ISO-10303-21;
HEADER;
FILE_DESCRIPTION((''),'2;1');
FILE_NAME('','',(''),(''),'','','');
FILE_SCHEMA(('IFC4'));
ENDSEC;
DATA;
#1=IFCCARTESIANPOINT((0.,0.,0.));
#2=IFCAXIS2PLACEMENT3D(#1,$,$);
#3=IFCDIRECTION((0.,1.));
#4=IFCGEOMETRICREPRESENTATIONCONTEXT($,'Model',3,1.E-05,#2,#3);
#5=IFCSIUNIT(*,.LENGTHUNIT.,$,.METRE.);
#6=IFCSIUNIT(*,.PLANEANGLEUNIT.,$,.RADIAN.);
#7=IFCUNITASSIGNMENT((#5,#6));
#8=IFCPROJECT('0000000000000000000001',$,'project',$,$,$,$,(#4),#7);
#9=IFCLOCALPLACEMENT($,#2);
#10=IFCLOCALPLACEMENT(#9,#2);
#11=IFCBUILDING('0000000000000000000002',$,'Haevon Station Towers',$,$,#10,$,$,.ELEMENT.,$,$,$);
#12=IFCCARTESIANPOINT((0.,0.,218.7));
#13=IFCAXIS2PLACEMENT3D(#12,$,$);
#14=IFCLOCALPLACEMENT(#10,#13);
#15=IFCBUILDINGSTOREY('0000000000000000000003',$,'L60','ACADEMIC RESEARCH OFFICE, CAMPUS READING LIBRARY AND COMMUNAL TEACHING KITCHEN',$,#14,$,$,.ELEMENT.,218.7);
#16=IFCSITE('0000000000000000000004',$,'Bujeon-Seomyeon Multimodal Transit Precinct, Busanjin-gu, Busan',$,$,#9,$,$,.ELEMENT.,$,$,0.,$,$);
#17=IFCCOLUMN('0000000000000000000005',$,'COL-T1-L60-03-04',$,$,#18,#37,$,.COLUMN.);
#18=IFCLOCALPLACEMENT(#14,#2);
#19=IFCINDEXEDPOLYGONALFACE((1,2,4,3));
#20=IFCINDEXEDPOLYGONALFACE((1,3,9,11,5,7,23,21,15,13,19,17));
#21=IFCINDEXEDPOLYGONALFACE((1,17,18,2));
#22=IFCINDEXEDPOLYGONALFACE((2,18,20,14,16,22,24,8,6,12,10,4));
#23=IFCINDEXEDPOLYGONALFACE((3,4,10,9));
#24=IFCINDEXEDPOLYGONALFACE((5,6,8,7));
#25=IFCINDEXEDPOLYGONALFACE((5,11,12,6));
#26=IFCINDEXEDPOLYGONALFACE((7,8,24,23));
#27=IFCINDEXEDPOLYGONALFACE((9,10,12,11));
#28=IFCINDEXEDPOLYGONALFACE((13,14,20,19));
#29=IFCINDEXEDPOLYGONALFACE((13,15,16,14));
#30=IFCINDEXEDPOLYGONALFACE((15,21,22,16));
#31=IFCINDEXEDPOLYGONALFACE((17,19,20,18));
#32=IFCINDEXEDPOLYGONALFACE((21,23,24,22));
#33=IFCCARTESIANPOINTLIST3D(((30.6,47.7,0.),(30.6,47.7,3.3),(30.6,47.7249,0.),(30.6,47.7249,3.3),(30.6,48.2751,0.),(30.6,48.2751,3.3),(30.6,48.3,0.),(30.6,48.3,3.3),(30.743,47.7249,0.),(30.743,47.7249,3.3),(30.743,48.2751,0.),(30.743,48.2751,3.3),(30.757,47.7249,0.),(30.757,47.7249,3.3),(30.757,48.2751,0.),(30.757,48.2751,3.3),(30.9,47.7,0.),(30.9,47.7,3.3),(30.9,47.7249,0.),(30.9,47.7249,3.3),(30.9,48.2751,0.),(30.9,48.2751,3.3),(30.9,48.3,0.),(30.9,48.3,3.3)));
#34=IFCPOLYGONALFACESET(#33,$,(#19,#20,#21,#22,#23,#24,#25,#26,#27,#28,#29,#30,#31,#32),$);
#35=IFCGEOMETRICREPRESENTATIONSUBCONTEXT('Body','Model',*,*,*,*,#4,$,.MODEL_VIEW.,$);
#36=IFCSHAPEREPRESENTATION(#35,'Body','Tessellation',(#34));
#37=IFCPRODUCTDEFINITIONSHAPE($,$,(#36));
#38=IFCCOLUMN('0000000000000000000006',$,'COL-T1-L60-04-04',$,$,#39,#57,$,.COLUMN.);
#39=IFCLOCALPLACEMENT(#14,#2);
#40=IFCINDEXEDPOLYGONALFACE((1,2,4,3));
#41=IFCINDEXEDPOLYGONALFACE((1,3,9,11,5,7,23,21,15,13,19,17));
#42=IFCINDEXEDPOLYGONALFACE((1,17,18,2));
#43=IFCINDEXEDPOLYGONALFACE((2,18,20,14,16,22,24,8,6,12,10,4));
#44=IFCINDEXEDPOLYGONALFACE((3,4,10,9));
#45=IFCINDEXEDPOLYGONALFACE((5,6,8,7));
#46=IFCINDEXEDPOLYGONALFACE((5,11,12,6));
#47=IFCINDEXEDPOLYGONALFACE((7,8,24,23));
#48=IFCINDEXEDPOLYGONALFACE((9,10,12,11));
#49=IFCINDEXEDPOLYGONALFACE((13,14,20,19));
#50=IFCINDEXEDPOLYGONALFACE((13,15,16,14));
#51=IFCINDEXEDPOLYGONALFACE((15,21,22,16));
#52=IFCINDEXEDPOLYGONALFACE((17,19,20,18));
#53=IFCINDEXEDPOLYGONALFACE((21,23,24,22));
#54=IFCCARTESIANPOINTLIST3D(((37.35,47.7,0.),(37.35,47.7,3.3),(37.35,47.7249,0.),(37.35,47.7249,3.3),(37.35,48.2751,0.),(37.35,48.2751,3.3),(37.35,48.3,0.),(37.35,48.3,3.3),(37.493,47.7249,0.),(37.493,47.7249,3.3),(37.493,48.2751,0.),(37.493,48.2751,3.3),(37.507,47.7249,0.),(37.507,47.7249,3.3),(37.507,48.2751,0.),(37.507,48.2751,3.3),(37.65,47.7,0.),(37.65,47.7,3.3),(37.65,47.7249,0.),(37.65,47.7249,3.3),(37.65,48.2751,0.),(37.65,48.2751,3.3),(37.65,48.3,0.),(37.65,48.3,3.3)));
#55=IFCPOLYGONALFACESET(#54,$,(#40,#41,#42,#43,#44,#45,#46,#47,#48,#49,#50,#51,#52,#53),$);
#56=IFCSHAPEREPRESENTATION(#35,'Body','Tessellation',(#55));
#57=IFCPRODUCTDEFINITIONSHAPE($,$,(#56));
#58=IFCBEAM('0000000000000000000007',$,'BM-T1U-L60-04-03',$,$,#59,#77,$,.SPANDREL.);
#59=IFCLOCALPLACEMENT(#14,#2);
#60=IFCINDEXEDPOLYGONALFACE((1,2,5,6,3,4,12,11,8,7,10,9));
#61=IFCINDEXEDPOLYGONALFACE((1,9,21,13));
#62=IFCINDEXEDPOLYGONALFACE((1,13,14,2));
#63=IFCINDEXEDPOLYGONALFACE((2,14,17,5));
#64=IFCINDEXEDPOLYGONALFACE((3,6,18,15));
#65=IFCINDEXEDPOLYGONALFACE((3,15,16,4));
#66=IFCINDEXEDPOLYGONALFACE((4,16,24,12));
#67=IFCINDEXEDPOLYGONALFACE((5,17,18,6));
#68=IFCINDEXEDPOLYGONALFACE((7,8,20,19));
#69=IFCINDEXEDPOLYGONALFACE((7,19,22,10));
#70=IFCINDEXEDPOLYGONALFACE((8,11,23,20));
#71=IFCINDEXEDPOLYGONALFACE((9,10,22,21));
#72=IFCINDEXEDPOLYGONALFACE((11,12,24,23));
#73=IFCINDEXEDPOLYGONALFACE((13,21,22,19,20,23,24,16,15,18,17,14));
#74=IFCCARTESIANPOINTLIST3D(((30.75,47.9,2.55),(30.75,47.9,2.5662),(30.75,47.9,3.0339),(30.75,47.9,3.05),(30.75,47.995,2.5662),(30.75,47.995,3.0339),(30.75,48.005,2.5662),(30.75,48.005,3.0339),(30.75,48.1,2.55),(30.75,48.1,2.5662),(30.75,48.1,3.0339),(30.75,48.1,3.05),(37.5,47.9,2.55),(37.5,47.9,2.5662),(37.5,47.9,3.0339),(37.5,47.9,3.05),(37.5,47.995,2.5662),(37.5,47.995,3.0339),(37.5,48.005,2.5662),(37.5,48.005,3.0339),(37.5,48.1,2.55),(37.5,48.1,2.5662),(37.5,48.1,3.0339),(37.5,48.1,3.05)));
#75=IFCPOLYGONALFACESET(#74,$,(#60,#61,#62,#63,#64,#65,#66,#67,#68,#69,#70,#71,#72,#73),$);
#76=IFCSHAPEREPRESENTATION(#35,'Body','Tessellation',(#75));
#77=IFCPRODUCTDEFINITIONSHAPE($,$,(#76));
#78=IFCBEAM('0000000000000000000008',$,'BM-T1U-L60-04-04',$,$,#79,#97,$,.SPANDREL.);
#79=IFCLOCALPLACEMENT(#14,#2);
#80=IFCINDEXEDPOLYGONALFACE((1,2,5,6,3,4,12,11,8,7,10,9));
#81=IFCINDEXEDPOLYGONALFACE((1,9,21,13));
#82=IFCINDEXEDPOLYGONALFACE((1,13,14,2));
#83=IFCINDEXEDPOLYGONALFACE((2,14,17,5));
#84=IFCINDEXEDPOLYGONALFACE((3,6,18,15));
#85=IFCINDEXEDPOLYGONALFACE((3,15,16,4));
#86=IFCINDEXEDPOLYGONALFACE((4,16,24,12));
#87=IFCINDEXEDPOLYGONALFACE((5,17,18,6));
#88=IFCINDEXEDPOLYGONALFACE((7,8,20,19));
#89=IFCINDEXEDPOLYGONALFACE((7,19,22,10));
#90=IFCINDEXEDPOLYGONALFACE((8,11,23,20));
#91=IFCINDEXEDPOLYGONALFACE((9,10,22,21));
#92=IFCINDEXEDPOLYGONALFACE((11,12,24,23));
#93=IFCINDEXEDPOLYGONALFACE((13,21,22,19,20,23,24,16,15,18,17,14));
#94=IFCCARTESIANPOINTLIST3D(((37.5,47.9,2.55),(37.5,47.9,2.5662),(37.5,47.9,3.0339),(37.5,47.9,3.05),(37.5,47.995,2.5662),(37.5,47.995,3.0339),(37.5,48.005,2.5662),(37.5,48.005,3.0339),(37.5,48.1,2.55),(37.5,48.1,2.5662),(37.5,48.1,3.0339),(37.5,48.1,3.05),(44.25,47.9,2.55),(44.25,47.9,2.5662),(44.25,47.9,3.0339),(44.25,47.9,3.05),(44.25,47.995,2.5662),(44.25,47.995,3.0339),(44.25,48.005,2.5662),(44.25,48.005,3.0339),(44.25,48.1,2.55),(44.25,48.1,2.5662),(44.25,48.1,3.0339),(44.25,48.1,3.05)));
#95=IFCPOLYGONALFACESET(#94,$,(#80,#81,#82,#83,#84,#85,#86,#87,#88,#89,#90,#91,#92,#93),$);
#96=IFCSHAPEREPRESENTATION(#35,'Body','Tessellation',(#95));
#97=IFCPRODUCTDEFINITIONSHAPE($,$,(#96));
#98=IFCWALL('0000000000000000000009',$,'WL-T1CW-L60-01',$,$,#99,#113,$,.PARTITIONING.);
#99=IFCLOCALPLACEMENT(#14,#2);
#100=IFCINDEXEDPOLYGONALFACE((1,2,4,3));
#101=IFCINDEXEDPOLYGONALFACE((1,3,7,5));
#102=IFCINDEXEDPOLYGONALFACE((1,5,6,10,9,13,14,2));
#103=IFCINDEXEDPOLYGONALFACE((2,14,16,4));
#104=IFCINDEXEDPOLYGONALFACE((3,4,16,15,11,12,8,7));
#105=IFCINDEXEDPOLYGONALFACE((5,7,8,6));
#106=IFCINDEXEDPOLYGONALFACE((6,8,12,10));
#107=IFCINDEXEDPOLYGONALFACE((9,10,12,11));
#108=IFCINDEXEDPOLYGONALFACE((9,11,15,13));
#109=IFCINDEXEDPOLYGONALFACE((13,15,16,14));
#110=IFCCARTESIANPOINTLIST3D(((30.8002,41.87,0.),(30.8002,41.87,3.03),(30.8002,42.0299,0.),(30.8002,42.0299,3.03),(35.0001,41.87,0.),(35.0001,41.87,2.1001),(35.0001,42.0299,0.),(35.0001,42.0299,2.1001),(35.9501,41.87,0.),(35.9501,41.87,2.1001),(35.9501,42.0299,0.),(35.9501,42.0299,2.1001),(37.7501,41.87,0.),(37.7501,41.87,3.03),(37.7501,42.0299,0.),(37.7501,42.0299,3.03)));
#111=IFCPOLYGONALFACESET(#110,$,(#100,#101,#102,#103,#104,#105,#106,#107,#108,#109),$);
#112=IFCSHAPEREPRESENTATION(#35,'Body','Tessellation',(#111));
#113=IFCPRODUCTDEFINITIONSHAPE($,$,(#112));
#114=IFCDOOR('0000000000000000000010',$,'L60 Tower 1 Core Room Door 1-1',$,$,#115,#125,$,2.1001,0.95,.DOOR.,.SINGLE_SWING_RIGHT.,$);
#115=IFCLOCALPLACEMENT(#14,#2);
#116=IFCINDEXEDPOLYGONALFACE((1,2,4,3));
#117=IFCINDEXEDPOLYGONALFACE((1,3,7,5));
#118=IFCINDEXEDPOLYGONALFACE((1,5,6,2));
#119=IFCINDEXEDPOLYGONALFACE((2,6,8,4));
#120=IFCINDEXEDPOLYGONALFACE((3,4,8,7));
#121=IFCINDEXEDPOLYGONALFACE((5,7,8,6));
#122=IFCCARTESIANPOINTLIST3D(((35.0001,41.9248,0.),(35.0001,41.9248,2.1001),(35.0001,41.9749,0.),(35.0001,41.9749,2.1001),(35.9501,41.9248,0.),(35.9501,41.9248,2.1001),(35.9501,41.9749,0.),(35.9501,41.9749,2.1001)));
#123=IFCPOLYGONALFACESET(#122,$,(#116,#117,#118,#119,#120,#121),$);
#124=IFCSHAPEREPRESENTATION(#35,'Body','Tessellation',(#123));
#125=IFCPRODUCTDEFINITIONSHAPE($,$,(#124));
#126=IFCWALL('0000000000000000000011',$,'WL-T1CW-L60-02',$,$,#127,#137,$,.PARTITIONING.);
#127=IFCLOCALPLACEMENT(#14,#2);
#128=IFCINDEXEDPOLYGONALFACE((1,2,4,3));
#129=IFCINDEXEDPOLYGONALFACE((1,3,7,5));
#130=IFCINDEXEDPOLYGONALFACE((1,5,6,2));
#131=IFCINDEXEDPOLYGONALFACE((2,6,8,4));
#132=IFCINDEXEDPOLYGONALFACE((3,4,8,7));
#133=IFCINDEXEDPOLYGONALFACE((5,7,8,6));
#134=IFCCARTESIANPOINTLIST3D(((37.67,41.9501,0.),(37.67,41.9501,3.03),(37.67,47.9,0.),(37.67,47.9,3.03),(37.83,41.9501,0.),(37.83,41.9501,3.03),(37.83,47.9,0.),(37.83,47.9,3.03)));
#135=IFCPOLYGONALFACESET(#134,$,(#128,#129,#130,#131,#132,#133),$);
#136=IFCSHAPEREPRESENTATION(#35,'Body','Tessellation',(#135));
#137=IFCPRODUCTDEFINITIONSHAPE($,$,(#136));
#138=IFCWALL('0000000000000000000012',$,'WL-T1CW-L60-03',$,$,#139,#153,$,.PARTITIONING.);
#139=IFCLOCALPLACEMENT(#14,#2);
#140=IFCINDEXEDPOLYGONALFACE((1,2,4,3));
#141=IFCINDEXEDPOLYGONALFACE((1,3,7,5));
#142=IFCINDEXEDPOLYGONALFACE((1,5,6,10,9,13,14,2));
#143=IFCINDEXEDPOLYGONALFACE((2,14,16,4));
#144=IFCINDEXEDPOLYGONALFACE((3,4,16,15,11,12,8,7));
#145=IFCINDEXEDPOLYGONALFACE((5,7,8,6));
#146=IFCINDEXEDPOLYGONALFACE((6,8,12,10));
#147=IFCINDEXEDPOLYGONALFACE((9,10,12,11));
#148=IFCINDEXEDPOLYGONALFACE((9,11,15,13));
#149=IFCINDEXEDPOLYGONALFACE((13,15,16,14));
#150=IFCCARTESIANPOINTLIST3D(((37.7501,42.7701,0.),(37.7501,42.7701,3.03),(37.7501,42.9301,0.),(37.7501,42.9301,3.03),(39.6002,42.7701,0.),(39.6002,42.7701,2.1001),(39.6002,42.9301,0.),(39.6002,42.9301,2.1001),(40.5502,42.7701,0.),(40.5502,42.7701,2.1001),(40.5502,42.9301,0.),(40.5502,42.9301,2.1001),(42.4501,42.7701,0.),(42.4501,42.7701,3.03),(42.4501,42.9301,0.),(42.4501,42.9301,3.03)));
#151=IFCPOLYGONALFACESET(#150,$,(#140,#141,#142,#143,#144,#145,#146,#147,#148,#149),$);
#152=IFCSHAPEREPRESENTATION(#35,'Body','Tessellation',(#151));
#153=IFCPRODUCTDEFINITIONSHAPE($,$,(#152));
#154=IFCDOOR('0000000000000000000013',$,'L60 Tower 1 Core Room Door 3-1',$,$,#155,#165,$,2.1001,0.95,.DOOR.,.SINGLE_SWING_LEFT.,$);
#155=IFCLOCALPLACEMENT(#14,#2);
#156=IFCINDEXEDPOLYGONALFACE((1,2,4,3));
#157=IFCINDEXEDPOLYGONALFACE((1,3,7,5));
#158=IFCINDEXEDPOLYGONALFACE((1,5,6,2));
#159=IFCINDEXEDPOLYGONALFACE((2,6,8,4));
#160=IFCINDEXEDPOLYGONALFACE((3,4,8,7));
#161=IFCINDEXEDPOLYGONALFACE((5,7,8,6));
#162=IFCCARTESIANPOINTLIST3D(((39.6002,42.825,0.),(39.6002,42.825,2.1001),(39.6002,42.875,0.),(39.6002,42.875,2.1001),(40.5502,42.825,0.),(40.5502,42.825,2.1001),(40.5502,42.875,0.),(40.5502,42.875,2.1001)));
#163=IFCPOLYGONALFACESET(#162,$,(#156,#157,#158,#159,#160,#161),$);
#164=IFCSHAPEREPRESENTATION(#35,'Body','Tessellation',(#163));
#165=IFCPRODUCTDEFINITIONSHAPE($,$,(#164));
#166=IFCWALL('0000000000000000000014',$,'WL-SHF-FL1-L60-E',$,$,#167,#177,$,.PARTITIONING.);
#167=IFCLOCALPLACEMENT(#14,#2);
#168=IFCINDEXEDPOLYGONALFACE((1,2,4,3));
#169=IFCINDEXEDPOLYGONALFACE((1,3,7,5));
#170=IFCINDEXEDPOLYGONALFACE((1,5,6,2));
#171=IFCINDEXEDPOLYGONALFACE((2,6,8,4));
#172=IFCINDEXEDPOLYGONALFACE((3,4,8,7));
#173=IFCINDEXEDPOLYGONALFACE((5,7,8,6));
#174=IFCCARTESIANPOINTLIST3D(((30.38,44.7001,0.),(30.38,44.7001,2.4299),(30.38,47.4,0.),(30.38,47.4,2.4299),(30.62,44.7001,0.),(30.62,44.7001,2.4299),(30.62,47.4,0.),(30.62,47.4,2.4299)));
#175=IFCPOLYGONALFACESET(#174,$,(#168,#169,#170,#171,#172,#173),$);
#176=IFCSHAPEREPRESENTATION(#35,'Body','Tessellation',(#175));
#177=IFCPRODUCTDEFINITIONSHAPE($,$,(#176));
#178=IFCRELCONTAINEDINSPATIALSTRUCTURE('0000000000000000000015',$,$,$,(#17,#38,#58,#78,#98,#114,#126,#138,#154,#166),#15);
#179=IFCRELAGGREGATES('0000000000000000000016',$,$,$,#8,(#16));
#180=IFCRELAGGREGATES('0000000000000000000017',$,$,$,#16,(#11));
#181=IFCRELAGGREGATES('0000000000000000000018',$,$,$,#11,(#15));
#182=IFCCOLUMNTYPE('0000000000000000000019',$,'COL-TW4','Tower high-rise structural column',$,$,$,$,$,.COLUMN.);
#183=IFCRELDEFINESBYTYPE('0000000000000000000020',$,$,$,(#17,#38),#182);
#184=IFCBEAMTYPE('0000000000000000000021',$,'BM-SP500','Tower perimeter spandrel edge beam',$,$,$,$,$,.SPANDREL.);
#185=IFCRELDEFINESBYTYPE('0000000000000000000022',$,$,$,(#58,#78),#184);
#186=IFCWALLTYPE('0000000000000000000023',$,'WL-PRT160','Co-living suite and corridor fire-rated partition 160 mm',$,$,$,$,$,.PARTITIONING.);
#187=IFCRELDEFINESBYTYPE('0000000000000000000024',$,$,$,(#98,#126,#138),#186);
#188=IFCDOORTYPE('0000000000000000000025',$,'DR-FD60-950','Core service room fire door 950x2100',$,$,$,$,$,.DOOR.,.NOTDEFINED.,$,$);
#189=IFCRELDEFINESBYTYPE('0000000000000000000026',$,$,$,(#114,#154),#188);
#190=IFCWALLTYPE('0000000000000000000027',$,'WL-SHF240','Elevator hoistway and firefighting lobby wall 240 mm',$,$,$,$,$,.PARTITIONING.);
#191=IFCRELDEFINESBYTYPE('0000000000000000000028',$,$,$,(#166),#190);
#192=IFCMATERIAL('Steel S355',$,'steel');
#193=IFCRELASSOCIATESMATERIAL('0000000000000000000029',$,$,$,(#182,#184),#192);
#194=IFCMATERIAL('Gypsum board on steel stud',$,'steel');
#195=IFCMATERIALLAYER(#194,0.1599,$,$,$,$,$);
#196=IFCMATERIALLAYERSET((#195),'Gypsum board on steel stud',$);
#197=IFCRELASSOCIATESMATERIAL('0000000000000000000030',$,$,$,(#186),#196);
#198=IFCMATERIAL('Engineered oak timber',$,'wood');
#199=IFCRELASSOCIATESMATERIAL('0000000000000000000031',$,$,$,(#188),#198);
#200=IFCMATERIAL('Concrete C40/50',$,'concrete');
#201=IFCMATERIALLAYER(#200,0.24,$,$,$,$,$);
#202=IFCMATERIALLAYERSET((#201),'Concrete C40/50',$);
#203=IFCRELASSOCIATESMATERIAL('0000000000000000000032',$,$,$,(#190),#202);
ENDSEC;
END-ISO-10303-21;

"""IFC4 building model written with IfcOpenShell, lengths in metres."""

from ifc_helpers import new_model, si_unit, direction, frame, frame_2d, origin, origin_2d, place, context, subcontext, project, spatial, rectangle, i_section, extrude, material, layer, layer_set, material_profile, profile_set, type_object, element, fill, save


model = new_model("IFC4")

# Units and contexts
model_context = context("Model", 3, precision=1e-05, world=origin(), true_north=direction((0.0, 1.0)))
body_context = subcontext(model_context, "Body", "Model", "MODEL_VIEW")
ifc_project = project(units=[si_unit("LENGTHUNIT", "METRE"), si_unit("PLANEANGLEUNIT", "RADIAN")], contexts=[model_context])

# Site, building, storey
site_placement = place(None, origin())
site = spatial("IfcSite", under=ifc_project, at=site_placement, Name="Bujeon-Seomyeon Multimodal Transit Precinct, Busanjin-gu, Busan", CompositionType="ELEMENT", RefElevation=0.0)
building_placement = place(site_placement, origin())
building = spatial("IfcBuilding", under=site, at=building_placement, Name="Haevon Station Towers", CompositionType="ELEMENT")
storey_placement = place(building_placement, frame((0.0, 0.0, 218.7)))
storey = spatial("IfcBuildingStorey", under=building, at=storey_placement, Name="L60", Description="ACADEMIC RESEARCH OFFICE, CAMPUS READING LIBRARY AND COMMUNAL TEACHING KITCHEN", CompositionType="ELEMENT", Elevation=218.7)

# Columns
ifc_material_1 = material(Name="Steel S355", Category="steel")
ifc_material_profile_1 = material_profile(ifc_material_1, i_section(OverallWidth=0.3, OverallDepth=0.6001, WebThickness=0.0139, FlangeThickness=0.0249, at=origin_2d()), Name="H-600x300x14x25")
ifc_profile_set_1 = profile_set([ifc_material_profile_1], Name="Steel S355")
column_type = type_object("IfcColumnType", Name="COL-TW4", Description="Tower high-rise structural column", PredefinedType="COLUMN", material=ifc_profile_set_1)
for number, where, z_axis, x_axis, name in (
    (1, (30.75, 48.0, 0.0), (0.0, 0.0, 1.0), (1.0, 0.0, 0.0), "COL-T1-L60-03-04"),
    (2, (37.5, 48.0, 0.0), (0.0, 0.0, 1.0), (1.0, 0.0, 0.0), "COL-T1-L60-04-04"),
):
    element("IfcColumn", number, at=place(storey_placement, frame(where, z_axis=z_axis, x_axis=x_axis)), inside=storey, type_object=column_type, Name=name, PredefinedType="COLUMN", context=body_context, shape_type="SweptSolid", body=[
        extrude(i_section(OverallWidth=0.3, OverallDepth=0.6001, WebThickness=0.0139, FlangeThickness=0.0249, at=origin_2d()), origin(), (0.0, 0.0, 1.0), 3.3),
    ])

# Beams
ifc_material_profile_2 = material_profile(ifc_material_1, i_section(OverallWidth=0.2, OverallDepth=0.5, WebThickness=0.01, FlangeThickness=0.0161, at=origin_2d()), Name="H-500x200x10x16")
ifc_profile_set_2 = profile_set([ifc_material_profile_2], Name="Steel S355")
beam_type = type_object("IfcBeamType", Name="BM-SP500", Description="Tower perimeter spandrel edge beam", PredefinedType="SPANDREL", material=ifc_profile_set_2)
for number, where, z_axis, x_axis, name in (
    (3, (30.75, 48.0, 2.8), (1.0, 0.0, 0.0), (0.0, 1.0, 0.0), "BM-T1U-L60-04-03"),
    (4, (37.5, 48.0, 2.8), (1.0, 0.0, 0.0), (0.0, 1.0, 0.0), "BM-T1U-L60-04-04"),
):
    element("IfcBeam", number, at=place(storey_placement, frame(where, z_axis=z_axis, x_axis=x_axis)), inside=storey, type_object=beam_type, Name=name, PredefinedType="SPANDREL", context=body_context, shape_type="SweptSolid", body=[
        extrude(i_section(OverallWidth=0.2, OverallDepth=0.5, WebThickness=0.01, FlangeThickness=0.0161, at=origin_2d()), origin(), (0.0, 0.0, 1.0), 6.75),
    ])

# Wall, opening, door
ifc_material_2 = material(Name="Gypsum board on steel stud", Category="steel")
ifc_layer_1 = layer(ifc_material_2, 0.1599)
ifc_layer_set_1 = layer_set([ifc_layer_1], Name="Gypsum board on steel stud")
wall_type_1 = type_object("IfcWallType", Name="WL-PRT160", Description="Co-living suite and corridor fire-rated partition 160 mm", PredefinedType="PARTITIONING", material=ifc_layer_set_1)
wall_1_placement = place(storey_placement, frame((30.8, 41.95, 0.0), z_axis=(0.0, 0.0, 1.0), x_axis=(1.0, 0.0, 0.0)))
wall_1 = element("IfcWall", 5, at=wall_1_placement, inside=storey, type_object=wall_type_1, Name="WL-T1CW-L60-01", PredefinedType="PARTITIONING", context=body_context, shape_type="SweptSolid", body=[
    extrude(rectangle(XDim=6.95, YDim=0.1599, at=frame_2d((3.4751, 0.0))), origin(), (0.0, 0.0, 1.0), 3.03),
])
opening_1_placement = place(wall_1_placement, frame((4.2, 0.0, 0.0)))
opening_1 = element("IfcOpeningElement", 6, at=opening_1_placement, cuts=wall_1, PredefinedType="OPENING", context=body_context, shape_type="SweptSolid", body=[
    extrude(rectangle(XDim=0.95, YDim=2.1001, at=frame_2d((0.4751, 1.05))), frame((0.0, 0.0898, 0.0), z_axis=(0.0, -1.0, 0.0), x_axis=(1.0, 0.0, 0.0)), (0.0, 0.0, 1.0), 0.1799),
])
ifc_material_3 = material(Name="Engineered oak timber", Category="wood")
door_type_1 = type_object("IfcDoorType", Name="DR-FD60-950", Description="Core service room fire door 950x2100", OperationType="NOTDEFINED", PredefinedType="DOOR", material=ifc_material_3)
door_1_placement = place(opening_1_placement, origin())
door_1 = element("IfcDoor", 7, at=door_1_placement, inside=storey, type_object=door_type_1, Name="L60 Tower 1 Core Room Door 1-1", OperationType="SINGLE_SWING_RIGHT", OverallHeight=2.1001, OverallWidth=0.95, PredefinedType="DOOR", context=body_context, shape_type="SweptSolid", body=[
    extrude(rectangle(XDim=0.95, YDim=2.1001, at=frame_2d((0.4751, 1.05))), frame((0.0, 0.0249, 0.0), z_axis=(0.0, -1.0, 0.0), x_axis=(1.0, 0.0, 0.0)), (0.0, 0.0, 1.0), 0.05),
])
fill(opening_1, door_1)

# Wall
wall_2_placement = place(storey_placement, frame((37.75, 41.95, 0.0), z_axis=(0.0, 0.0, 1.0), x_axis=(0.0, 1.0, 0.0)))
element("IfcWall", 8, at=wall_2_placement, inside=storey, type_object=wall_type_1, Name="WL-T1CW-L60-02", PredefinedType="PARTITIONING", context=body_context, shape_type="SweptSolid", body=[
    extrude(rectangle(XDim=5.95, YDim=0.1599, at=frame_2d((2.9751, 0.0))), origin(), (0.0, 0.0, 1.0), 3.03),
])

# Wall, opening, door
wall_3_placement = place(storey_placement, frame((37.75, 42.8501, 0.0), z_axis=(0.0, 0.0, 1.0), x_axis=(1.0, 0.0, 0.0)))
wall_3 = element("IfcWall", 9, at=wall_3_placement, inside=storey, type_object=wall_type_1, Name="WL-T1CW-L60-03", PredefinedType="PARTITIONING", context=body_context, shape_type="SweptSolid", body=[
    extrude(rectangle(XDim=4.7, YDim=0.1599, at=frame_2d((2.3501, 0.0))), origin(), (0.0, 0.0, 1.0), 3.03),
])
opening_2_placement = place(wall_3_placement, frame((1.8501, 0.0, 0.0)))
opening_2 = element("IfcOpeningElement", 10, at=opening_2_placement, cuts=wall_3, PredefinedType="OPENING", context=body_context, shape_type="SweptSolid", body=[
    extrude(rectangle(XDim=0.95, YDim=2.1001, at=frame_2d((0.4751, 1.05))), frame((0.0, 0.0898, 0.0), z_axis=(0.0, -1.0, 0.0), x_axis=(1.0, 0.0, 0.0)), (0.0, 0.0, 1.0), 0.1799),
])
door_2_placement = place(opening_2_placement, origin())
door_2 = element("IfcDoor", 11, at=door_2_placement, inside=storey, type_object=door_type_1, Name="L60 Tower 1 Core Room Door 3-1", OperationType="SINGLE_SWING_LEFT", OverallHeight=2.1001, OverallWidth=0.95, PredefinedType="DOOR", context=body_context, shape_type="SweptSolid", body=[
    extrude(rectangle(XDim=0.95, YDim=2.1001, at=frame_2d((0.4751, 1.05))), frame((0.0, 0.0249, 0.0), z_axis=(0.0, -1.0, 0.0), x_axis=(1.0, 0.0, 0.0)), (0.0, 0.0, 1.0), 0.05),
])
fill(opening_2, door_2)

# Wall
ifc_material_4 = material(Name="Concrete C40/50", Category="concrete")
ifc_layer_2 = layer(ifc_material_4, 0.24)
ifc_layer_set_2 = layer_set([ifc_layer_2], Name="Concrete C40/50")
wall_type_2 = type_object("IfcWallType", Name="WL-SHF240", Description="Elevator hoistway and firefighting lobby wall 240 mm", PredefinedType="PARTITIONING", material=ifc_layer_set_2)
wall_4_placement = place(storey_placement, frame((30.5, 44.7, 0.0), z_axis=(0.0, 0.0, 1.0), x_axis=(0.0, 1.0, 0.0)))
element("IfcWall", 12, at=wall_4_placement, inside=storey, type_object=wall_type_2, Name="WL-SHF-FL1-L60-E", PredefinedType="PARTITIONING", context=body_context, shape_type="SweptSolid", body=[
    extrude(rectangle(XDim=2.7, YDim=0.24, at=frame_2d((1.3501, 0.0))), origin(), (0.0, 0.0, 1.0), 2.4299),
])

save(model, "model.ifc")
